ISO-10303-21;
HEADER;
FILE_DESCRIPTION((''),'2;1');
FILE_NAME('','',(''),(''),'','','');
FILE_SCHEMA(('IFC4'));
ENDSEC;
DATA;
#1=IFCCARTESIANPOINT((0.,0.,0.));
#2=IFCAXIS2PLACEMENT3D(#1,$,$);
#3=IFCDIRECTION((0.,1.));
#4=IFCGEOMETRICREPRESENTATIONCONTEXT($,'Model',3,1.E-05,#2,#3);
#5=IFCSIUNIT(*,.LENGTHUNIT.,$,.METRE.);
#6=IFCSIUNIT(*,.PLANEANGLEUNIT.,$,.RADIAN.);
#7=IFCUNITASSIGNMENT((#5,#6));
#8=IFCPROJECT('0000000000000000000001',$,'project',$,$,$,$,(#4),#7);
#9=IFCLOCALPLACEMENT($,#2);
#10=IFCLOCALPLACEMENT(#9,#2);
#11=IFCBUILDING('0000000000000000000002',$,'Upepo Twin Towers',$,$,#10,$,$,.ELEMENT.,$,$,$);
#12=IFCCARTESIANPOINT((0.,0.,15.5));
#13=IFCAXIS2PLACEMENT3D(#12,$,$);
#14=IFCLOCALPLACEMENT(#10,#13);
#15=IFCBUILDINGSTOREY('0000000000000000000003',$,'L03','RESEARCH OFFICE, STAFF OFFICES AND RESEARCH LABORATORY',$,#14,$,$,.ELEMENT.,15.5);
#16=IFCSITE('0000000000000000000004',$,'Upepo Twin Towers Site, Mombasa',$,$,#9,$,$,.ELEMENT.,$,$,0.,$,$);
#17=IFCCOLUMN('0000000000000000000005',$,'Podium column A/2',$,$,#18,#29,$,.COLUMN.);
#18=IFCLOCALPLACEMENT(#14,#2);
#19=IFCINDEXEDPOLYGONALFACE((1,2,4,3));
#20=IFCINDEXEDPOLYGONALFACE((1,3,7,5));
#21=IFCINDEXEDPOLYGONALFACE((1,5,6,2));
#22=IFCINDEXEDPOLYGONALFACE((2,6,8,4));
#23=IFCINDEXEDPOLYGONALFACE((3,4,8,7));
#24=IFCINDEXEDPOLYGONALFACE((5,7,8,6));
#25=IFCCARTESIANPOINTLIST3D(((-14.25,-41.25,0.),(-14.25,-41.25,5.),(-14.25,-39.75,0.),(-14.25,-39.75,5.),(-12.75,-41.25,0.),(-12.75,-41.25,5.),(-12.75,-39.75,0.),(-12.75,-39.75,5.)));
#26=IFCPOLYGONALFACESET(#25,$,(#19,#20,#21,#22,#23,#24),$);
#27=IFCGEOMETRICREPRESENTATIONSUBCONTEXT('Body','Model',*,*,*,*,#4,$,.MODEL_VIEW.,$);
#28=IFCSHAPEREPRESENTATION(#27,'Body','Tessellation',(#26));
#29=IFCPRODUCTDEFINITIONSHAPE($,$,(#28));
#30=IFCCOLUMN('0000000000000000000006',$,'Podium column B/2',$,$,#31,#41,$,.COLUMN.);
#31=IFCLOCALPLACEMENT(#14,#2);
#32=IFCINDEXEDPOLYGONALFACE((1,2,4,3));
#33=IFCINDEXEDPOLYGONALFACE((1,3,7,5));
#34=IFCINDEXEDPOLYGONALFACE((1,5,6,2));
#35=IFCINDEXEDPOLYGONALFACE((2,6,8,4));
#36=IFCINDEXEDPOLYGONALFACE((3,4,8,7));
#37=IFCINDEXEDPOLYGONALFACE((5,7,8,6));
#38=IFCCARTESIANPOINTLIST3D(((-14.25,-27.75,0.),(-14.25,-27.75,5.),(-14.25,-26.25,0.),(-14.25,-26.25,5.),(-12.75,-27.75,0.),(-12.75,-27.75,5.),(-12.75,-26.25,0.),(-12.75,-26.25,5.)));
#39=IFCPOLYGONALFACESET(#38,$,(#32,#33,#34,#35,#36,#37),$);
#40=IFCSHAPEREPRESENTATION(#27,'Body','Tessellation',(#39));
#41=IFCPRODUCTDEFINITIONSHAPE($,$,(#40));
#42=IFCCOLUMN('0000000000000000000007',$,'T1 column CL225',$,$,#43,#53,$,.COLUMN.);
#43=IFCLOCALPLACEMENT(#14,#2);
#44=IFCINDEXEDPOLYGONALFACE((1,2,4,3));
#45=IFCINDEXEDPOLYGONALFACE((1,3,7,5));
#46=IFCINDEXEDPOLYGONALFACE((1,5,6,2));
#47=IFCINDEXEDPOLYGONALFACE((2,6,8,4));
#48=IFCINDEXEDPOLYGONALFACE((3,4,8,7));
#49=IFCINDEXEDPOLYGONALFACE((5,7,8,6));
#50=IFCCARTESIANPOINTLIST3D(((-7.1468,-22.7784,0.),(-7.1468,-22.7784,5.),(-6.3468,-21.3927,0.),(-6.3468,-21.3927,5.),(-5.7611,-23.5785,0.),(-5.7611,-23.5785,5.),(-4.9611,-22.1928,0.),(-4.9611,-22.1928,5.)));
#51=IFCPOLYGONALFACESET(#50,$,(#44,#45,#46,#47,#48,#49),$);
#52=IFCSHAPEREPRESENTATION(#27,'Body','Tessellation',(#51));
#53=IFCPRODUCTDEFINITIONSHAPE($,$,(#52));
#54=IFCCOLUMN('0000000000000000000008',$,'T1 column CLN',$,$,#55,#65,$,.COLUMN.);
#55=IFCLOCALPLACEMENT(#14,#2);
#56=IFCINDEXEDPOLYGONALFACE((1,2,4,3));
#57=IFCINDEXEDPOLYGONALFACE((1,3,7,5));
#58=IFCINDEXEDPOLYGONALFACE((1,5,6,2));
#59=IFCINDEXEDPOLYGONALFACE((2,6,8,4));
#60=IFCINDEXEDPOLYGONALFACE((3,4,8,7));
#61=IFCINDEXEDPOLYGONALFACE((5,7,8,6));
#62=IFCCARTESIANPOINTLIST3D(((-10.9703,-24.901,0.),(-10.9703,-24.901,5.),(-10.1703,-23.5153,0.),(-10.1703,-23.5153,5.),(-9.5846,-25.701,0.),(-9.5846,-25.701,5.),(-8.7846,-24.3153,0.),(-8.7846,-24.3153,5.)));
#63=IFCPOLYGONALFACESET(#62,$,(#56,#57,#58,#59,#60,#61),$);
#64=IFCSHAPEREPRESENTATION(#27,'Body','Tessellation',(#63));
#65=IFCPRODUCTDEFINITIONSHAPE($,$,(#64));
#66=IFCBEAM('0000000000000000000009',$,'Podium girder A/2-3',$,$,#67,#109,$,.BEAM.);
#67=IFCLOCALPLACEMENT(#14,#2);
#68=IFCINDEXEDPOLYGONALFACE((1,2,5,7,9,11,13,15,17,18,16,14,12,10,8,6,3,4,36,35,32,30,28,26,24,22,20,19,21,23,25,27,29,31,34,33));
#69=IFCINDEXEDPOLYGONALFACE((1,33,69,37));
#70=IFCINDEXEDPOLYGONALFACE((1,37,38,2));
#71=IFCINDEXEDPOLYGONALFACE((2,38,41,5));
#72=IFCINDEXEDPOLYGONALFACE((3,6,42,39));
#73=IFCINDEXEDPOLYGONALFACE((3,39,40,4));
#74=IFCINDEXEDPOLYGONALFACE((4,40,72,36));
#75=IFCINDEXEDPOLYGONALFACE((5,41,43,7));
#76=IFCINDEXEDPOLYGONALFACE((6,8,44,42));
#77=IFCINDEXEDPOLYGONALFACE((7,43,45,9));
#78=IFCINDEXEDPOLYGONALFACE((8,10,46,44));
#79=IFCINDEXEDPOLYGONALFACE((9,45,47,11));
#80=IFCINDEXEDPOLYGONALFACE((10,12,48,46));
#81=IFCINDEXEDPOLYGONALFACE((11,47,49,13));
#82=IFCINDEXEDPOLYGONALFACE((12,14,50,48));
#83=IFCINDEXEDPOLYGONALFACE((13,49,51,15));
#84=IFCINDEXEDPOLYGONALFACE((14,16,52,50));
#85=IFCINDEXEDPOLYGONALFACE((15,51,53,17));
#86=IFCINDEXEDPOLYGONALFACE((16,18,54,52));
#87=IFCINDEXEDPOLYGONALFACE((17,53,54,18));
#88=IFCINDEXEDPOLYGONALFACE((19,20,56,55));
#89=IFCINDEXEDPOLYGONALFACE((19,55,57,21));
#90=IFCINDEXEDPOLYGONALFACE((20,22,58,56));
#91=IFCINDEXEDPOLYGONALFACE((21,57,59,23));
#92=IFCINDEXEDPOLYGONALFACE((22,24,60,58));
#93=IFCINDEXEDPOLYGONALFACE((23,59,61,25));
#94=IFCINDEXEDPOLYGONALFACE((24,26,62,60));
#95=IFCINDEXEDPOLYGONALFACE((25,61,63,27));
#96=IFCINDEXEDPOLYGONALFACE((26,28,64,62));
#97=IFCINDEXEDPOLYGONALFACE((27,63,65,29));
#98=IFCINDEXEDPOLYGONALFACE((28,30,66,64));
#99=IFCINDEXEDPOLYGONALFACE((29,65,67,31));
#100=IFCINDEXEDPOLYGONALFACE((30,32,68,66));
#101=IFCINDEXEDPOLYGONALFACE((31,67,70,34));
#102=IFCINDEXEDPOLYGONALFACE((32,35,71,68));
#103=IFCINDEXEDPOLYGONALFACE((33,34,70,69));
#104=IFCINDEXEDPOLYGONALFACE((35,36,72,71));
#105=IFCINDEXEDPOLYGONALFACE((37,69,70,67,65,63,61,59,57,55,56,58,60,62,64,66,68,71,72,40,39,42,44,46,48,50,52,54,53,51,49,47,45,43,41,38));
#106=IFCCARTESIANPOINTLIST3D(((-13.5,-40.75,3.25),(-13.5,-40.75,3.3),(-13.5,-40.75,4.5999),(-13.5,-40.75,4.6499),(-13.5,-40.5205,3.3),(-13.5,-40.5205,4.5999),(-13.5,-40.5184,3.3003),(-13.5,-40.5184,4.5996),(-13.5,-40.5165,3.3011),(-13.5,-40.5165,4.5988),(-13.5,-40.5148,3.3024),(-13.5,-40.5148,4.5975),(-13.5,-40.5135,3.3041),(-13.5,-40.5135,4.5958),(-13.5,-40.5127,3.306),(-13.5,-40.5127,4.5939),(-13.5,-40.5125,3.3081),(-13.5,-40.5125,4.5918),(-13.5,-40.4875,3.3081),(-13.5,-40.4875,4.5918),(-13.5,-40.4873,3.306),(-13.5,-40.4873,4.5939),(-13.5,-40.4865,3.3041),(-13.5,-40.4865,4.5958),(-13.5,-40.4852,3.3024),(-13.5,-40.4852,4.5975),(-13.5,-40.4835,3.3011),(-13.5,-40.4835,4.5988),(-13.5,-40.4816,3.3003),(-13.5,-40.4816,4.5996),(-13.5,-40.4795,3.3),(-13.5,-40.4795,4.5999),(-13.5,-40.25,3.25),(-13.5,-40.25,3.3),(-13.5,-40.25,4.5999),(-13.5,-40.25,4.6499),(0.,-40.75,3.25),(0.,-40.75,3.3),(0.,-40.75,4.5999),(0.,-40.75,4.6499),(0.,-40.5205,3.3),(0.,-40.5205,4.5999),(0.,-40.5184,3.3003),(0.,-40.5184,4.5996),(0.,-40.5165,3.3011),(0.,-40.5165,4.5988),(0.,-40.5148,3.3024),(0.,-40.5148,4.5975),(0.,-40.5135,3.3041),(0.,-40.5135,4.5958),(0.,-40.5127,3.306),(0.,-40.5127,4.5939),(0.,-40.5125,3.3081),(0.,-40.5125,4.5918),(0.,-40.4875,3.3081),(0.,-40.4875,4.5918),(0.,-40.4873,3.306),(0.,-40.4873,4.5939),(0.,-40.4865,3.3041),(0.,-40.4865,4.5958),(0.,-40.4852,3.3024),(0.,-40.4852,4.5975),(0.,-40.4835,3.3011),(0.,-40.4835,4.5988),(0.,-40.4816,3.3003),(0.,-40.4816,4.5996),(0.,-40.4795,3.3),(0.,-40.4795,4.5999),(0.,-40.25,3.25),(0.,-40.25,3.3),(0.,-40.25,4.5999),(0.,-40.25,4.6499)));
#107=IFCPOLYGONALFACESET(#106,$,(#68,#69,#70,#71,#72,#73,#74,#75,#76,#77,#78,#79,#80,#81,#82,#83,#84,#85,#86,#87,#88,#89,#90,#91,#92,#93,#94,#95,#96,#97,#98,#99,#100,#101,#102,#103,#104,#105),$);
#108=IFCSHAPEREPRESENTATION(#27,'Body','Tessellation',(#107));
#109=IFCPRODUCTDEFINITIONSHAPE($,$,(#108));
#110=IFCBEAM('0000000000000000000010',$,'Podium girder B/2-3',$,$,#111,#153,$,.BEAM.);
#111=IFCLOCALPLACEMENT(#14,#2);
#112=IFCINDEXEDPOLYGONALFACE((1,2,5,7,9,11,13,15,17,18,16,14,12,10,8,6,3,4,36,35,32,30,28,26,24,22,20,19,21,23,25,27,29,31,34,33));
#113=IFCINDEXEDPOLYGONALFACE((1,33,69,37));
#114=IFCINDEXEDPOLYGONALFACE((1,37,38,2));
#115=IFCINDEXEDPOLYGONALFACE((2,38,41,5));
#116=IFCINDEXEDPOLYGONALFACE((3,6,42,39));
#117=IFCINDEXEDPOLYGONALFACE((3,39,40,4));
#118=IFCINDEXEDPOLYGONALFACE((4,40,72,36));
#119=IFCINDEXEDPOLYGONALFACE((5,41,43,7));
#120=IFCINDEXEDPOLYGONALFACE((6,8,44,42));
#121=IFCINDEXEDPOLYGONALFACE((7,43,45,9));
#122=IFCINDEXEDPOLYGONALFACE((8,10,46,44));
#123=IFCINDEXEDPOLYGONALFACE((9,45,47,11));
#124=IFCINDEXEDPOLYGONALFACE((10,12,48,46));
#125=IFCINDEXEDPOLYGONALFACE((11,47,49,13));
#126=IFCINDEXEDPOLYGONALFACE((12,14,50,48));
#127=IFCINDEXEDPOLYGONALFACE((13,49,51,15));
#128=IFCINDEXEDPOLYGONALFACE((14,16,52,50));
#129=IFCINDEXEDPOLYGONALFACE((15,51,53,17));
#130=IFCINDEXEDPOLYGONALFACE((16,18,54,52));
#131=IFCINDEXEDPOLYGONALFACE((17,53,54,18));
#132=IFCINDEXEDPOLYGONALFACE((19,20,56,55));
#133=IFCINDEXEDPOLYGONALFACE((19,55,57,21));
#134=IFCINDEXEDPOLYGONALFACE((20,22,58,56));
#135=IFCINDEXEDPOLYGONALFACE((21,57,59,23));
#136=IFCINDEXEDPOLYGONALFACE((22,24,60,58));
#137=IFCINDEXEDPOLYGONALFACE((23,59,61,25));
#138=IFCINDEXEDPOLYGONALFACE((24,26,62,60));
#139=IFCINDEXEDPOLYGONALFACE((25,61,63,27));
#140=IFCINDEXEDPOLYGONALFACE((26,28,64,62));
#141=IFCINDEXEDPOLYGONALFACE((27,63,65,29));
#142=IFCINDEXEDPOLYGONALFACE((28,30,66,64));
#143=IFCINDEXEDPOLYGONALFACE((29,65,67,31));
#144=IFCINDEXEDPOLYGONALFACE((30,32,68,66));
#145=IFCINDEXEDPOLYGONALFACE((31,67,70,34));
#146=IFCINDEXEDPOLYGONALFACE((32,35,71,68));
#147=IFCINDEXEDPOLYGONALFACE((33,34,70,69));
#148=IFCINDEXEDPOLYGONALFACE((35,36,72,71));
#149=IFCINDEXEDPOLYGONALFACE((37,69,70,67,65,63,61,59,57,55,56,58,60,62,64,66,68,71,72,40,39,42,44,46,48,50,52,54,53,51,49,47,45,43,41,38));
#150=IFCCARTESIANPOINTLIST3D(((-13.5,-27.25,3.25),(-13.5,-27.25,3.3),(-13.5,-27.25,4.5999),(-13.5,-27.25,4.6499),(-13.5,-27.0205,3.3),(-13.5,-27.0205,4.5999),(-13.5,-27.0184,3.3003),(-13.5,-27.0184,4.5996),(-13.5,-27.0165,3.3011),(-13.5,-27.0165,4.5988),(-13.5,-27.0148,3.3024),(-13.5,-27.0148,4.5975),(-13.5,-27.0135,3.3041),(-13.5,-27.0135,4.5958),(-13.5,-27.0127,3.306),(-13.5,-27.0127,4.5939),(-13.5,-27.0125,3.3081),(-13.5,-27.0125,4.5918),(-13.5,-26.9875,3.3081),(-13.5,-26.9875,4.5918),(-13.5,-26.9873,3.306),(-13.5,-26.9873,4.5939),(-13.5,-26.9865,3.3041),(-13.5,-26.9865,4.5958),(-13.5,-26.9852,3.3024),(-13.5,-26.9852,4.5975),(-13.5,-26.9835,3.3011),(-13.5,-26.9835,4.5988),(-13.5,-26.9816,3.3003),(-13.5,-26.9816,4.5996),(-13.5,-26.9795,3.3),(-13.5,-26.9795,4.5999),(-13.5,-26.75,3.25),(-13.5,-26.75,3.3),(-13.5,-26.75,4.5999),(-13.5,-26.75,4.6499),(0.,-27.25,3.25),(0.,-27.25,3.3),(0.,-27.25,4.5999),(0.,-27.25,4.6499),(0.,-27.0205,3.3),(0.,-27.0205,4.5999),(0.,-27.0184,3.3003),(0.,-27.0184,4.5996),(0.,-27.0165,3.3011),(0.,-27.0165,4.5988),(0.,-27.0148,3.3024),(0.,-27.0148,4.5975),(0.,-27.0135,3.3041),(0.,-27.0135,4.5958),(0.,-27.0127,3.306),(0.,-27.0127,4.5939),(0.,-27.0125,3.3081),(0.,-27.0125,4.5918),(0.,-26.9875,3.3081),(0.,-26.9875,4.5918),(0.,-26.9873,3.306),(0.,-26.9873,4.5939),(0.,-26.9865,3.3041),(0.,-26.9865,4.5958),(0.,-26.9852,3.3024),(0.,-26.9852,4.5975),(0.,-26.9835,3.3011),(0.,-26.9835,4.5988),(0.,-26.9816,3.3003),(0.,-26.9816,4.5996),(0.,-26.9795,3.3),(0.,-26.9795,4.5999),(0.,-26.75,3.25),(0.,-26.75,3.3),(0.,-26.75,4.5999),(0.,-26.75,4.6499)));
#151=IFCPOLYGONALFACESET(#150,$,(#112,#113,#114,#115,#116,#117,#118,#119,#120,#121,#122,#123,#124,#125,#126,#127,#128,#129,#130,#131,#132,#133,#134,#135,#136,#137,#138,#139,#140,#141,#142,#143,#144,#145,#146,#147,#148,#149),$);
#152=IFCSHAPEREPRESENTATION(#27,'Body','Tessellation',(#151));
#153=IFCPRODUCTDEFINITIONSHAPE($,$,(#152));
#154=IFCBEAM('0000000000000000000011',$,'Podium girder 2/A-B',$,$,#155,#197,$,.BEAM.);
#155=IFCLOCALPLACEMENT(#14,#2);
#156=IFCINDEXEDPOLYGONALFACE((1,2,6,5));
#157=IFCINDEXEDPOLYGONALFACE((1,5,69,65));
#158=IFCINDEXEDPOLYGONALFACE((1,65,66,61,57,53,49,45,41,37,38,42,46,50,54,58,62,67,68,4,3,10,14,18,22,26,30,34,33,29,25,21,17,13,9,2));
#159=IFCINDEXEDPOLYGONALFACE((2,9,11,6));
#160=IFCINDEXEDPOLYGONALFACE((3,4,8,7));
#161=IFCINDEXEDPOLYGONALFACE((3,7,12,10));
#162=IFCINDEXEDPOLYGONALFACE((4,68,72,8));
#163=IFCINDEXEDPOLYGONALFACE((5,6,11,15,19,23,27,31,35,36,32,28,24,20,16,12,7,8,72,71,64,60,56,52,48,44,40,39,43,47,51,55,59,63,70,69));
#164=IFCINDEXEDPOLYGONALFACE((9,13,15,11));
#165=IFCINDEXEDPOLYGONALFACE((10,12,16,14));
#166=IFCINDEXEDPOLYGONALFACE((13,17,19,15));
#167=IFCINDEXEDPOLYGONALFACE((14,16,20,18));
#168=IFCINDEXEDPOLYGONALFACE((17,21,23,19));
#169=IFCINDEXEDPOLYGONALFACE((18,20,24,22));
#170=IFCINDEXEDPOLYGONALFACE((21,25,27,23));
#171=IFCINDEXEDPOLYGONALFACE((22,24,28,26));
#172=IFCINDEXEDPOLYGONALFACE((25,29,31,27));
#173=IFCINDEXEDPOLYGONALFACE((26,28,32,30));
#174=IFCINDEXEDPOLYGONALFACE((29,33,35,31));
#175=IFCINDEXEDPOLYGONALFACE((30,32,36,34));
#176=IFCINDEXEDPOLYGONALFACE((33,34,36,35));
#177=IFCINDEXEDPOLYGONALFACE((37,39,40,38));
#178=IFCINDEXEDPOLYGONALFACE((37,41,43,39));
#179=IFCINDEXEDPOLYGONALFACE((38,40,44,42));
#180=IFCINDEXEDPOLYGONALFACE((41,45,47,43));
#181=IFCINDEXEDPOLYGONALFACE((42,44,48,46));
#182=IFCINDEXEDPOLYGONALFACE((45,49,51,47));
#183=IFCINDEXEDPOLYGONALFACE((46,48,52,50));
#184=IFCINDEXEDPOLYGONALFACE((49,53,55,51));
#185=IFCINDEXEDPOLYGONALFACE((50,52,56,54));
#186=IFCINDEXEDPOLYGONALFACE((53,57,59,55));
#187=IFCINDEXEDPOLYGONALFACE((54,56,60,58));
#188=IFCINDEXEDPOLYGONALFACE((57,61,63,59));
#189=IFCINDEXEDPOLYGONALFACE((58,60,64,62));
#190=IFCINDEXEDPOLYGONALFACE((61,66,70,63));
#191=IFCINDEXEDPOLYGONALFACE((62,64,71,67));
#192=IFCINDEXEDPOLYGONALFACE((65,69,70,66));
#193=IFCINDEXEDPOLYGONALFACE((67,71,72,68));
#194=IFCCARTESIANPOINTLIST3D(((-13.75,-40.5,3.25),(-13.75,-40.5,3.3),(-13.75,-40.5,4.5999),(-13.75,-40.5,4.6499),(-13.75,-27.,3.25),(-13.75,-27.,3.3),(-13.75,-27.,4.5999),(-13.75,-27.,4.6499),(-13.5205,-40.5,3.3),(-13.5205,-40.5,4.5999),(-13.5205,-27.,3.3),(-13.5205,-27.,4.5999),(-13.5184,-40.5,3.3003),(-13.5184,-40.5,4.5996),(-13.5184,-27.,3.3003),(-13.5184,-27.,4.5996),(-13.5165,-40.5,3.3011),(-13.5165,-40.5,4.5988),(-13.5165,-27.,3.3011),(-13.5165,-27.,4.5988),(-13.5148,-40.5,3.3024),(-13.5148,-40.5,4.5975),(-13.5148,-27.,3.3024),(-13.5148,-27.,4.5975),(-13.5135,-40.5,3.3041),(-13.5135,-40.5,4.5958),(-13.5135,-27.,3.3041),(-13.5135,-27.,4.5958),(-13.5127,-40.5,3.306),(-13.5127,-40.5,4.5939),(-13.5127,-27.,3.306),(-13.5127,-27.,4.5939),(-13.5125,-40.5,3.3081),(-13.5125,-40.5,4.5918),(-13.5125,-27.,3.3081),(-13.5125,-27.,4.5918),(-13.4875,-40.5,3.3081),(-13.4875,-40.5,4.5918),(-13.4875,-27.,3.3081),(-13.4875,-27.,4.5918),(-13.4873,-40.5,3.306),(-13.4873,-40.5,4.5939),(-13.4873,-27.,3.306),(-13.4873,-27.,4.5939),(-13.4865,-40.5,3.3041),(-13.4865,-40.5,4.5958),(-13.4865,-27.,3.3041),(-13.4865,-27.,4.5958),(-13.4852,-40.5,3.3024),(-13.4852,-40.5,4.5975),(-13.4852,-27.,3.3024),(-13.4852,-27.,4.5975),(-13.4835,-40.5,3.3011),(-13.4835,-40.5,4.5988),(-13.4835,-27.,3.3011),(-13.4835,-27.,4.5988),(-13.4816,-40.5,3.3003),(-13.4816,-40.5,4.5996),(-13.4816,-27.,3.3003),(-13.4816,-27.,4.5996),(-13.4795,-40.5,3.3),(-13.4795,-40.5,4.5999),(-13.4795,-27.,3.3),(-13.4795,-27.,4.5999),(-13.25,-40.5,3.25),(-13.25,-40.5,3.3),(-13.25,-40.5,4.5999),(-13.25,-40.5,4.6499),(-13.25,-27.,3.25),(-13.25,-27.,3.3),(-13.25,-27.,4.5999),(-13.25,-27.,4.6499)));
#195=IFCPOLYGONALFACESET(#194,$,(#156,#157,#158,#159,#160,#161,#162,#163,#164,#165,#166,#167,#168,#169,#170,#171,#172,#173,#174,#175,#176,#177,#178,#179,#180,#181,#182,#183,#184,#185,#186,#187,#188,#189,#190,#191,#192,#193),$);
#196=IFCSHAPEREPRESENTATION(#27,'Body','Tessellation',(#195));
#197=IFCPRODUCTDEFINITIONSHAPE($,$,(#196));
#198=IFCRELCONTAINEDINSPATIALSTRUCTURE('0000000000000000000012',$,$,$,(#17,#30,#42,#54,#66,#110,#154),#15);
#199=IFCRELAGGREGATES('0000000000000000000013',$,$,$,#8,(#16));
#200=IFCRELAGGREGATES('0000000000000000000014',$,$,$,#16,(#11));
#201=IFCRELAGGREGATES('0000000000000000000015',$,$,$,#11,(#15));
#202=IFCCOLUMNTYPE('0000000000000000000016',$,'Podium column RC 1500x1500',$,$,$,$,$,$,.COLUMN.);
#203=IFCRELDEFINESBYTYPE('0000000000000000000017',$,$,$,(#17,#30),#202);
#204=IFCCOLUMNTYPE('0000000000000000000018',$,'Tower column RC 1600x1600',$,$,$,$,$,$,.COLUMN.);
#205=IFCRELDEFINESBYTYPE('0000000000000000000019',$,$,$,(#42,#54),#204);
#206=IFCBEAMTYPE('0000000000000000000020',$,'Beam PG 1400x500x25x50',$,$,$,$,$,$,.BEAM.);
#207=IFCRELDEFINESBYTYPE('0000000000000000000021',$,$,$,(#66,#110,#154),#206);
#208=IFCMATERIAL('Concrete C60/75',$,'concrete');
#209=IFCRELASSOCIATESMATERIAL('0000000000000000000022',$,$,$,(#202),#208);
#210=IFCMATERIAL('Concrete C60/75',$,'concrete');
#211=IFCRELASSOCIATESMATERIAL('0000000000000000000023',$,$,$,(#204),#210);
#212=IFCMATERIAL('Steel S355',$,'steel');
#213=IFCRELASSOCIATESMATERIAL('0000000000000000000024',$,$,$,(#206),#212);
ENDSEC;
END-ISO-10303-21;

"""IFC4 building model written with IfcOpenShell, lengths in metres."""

from ifc_helpers import new_model, si_unit, direction, frame, origin, origin_2d, place, context, subcontext, project, spatial, rectangle, i_section, extrude, material, material_profile, profile_set, type_object, element, save


model = new_model("IFC4")

# Units and contexts
model_context = context("Model", 3, precision=1e-05, world=origin(), true_north=direction((0.0, 1.0)))
body_context = subcontext(model_context, "Body", "Model", "MODEL_VIEW")
ifc_project = project(units=[si_unit("LENGTHUNIT", "METRE"), si_unit("PLANEANGLEUNIT", "RADIAN")], contexts=[model_context])

# Site, building, storey
site_placement = place(None, origin())
site = spatial("IfcSite", under=ifc_project, at=site_placement, Name="Upepo Twin Towers Site, Mombasa", CompositionType="ELEMENT", RefElevation=0.0)
building_placement = place(site_placement, origin())
building = spatial("IfcBuilding", under=site, at=building_placement, Name="Upepo Twin Towers", CompositionType="ELEMENT")
storey_placement = place(building_placement, frame((0.0, 0.0, 15.5)))
storey = spatial("IfcBuildingStorey", under=building, at=storey_placement, Name="L03", Description="RESEARCH OFFICE, STAFF OFFICES AND RESEARCH LABORATORY", CompositionType="ELEMENT", Elevation=15.5)

# Columns
ifc_material_1 = material(Name="Concrete C60/75", Category="concrete")
ifc_material_profile_1 = material_profile(ifc_material_1, rectangle(XDim=1.5, YDim=1.5, at=origin_2d()), Name="RC 1500x1500")
ifc_profile_set_1 = profile_set([ifc_material_profile_1], Name="Concrete C60/75")
column_type_1 = type_object("IfcColumnType", Name="Podium column RC 1500x1500", PredefinedType="COLUMN", material=ifc_profile_set_1)
for number, where, z_axis, x_axis, name in (
    (1, (-13.5, -40.5, 0.0), (0.0, 0.0, 1.0), (1.0, 0.0, 0.0), "Podium column A/2"),
    (2, (-13.5, -27.0, 0.0), (0.0, 0.0, 1.0), (1.0, 0.0, 0.0), "Podium column B/2"),
):
    element("IfcColumn", number, at=place(storey_placement, frame(where, z_axis=z_axis, x_axis=x_axis)), inside=storey, type_object=column_type_1, Name=name, PredefinedType="COLUMN", context=body_context, shape_type="SweptSolid", body=[
        extrude(rectangle(XDim=1.5, YDim=1.5, at=origin_2d()), origin(), (0.0, 0.0, 1.0), 5.0),
    ])
ifc_material_2 = material(Name="Concrete C60/75", Category="concrete")
ifc_material_profile_2 = material_profile(ifc_material_2, rectangle(XDim=1.6001, YDim=1.6001, at=origin_2d()), Name="RC 1600x1600")
ifc_profile_set_2 = profile_set([ifc_material_profile_2], Name="Concrete C60/75")
column_type_2 = type_object("IfcColumnType", Name="Tower column RC 1600x1600", PredefinedType="COLUMN", material=ifc_profile_set_2)
for number, where, z_axis, x_axis, name in (
    (3, (-6.054, -22.4856, 0.0), (0.0, 0.0, 1.0), (0.5, 0.866025, 0.0), "T1 column CL225"),
    (4, (-9.8774, -24.6082, 0.0), (0.0, 0.0, 1.0), (0.5, 0.866025, 0.0), "T1 column CLN"),
):
    element("IfcColumn", number, at=place(storey_placement, frame(where, z_axis=z_axis, x_axis=x_axis)), inside=storey, type_object=column_type_2, Name=name, PredefinedType="COLUMN", context=body_context, shape_type="SweptSolid", body=[
        extrude(rectangle(XDim=1.6001, YDim=1.6001, at=origin_2d()), origin(), (0.0, 0.0, 1.0), 5.0),
    ])

# Beams
ifc_material_3 = material(Name="Steel S355", Category="steel")
ifc_material_profile_3 = material_profile(ifc_material_3, i_section(OverallWidth=0.5, OverallDepth=1.3999, WebThickness=0.0249, FlangeThickness=0.05, FilletRadius=0.0081, at=origin_2d()), Name="PG 1400x500x25x50")
ifc_profile_set_3 = profile_set([ifc_material_profile_3], Name="Steel S355")
beam_type_1 = type_object("IfcBeamType", Name="Beam PG 1400x500x25x50", PredefinedType="BEAM", material=ifc_profile_set_3)
for number, where, z_axis, x_axis, name in (
    (5, (-13.5, -40.5, 3.95), (1.0, 0.0, 0.0), (0.0, 1.0, 0.0), "Podium girder A/2-3"),
    (6, (-13.5, -27.0, 3.95), (1.0, 0.0, 0.0), (0.0, 1.0, 0.0), "Podium girder B/2-3"),
    (7, (-13.5, -40.5, 3.95), (0.0, 1.0, 0.0), (-1.0, 0.0, 0.0), "Podium girder 2/A-B"),
):
    element("IfcBeam", number, at=place(storey_placement, frame(where, z_axis=z_axis, x_axis=x_axis)), inside=storey, type_object=beam_type_1, Name=name, PredefinedType="BEAM", context=body_context, shape_type="SweptSolid", body=[
        extrude(i_section(OverallWidth=0.5, OverallDepth=1.3999, WebThickness=0.0249, FlangeThickness=0.05, FilletRadius=0.0081, at=origin_2d()), origin(), (0.0, 0.0, 1.0), 13.5),
    ])

save(model, "model.ifc")
